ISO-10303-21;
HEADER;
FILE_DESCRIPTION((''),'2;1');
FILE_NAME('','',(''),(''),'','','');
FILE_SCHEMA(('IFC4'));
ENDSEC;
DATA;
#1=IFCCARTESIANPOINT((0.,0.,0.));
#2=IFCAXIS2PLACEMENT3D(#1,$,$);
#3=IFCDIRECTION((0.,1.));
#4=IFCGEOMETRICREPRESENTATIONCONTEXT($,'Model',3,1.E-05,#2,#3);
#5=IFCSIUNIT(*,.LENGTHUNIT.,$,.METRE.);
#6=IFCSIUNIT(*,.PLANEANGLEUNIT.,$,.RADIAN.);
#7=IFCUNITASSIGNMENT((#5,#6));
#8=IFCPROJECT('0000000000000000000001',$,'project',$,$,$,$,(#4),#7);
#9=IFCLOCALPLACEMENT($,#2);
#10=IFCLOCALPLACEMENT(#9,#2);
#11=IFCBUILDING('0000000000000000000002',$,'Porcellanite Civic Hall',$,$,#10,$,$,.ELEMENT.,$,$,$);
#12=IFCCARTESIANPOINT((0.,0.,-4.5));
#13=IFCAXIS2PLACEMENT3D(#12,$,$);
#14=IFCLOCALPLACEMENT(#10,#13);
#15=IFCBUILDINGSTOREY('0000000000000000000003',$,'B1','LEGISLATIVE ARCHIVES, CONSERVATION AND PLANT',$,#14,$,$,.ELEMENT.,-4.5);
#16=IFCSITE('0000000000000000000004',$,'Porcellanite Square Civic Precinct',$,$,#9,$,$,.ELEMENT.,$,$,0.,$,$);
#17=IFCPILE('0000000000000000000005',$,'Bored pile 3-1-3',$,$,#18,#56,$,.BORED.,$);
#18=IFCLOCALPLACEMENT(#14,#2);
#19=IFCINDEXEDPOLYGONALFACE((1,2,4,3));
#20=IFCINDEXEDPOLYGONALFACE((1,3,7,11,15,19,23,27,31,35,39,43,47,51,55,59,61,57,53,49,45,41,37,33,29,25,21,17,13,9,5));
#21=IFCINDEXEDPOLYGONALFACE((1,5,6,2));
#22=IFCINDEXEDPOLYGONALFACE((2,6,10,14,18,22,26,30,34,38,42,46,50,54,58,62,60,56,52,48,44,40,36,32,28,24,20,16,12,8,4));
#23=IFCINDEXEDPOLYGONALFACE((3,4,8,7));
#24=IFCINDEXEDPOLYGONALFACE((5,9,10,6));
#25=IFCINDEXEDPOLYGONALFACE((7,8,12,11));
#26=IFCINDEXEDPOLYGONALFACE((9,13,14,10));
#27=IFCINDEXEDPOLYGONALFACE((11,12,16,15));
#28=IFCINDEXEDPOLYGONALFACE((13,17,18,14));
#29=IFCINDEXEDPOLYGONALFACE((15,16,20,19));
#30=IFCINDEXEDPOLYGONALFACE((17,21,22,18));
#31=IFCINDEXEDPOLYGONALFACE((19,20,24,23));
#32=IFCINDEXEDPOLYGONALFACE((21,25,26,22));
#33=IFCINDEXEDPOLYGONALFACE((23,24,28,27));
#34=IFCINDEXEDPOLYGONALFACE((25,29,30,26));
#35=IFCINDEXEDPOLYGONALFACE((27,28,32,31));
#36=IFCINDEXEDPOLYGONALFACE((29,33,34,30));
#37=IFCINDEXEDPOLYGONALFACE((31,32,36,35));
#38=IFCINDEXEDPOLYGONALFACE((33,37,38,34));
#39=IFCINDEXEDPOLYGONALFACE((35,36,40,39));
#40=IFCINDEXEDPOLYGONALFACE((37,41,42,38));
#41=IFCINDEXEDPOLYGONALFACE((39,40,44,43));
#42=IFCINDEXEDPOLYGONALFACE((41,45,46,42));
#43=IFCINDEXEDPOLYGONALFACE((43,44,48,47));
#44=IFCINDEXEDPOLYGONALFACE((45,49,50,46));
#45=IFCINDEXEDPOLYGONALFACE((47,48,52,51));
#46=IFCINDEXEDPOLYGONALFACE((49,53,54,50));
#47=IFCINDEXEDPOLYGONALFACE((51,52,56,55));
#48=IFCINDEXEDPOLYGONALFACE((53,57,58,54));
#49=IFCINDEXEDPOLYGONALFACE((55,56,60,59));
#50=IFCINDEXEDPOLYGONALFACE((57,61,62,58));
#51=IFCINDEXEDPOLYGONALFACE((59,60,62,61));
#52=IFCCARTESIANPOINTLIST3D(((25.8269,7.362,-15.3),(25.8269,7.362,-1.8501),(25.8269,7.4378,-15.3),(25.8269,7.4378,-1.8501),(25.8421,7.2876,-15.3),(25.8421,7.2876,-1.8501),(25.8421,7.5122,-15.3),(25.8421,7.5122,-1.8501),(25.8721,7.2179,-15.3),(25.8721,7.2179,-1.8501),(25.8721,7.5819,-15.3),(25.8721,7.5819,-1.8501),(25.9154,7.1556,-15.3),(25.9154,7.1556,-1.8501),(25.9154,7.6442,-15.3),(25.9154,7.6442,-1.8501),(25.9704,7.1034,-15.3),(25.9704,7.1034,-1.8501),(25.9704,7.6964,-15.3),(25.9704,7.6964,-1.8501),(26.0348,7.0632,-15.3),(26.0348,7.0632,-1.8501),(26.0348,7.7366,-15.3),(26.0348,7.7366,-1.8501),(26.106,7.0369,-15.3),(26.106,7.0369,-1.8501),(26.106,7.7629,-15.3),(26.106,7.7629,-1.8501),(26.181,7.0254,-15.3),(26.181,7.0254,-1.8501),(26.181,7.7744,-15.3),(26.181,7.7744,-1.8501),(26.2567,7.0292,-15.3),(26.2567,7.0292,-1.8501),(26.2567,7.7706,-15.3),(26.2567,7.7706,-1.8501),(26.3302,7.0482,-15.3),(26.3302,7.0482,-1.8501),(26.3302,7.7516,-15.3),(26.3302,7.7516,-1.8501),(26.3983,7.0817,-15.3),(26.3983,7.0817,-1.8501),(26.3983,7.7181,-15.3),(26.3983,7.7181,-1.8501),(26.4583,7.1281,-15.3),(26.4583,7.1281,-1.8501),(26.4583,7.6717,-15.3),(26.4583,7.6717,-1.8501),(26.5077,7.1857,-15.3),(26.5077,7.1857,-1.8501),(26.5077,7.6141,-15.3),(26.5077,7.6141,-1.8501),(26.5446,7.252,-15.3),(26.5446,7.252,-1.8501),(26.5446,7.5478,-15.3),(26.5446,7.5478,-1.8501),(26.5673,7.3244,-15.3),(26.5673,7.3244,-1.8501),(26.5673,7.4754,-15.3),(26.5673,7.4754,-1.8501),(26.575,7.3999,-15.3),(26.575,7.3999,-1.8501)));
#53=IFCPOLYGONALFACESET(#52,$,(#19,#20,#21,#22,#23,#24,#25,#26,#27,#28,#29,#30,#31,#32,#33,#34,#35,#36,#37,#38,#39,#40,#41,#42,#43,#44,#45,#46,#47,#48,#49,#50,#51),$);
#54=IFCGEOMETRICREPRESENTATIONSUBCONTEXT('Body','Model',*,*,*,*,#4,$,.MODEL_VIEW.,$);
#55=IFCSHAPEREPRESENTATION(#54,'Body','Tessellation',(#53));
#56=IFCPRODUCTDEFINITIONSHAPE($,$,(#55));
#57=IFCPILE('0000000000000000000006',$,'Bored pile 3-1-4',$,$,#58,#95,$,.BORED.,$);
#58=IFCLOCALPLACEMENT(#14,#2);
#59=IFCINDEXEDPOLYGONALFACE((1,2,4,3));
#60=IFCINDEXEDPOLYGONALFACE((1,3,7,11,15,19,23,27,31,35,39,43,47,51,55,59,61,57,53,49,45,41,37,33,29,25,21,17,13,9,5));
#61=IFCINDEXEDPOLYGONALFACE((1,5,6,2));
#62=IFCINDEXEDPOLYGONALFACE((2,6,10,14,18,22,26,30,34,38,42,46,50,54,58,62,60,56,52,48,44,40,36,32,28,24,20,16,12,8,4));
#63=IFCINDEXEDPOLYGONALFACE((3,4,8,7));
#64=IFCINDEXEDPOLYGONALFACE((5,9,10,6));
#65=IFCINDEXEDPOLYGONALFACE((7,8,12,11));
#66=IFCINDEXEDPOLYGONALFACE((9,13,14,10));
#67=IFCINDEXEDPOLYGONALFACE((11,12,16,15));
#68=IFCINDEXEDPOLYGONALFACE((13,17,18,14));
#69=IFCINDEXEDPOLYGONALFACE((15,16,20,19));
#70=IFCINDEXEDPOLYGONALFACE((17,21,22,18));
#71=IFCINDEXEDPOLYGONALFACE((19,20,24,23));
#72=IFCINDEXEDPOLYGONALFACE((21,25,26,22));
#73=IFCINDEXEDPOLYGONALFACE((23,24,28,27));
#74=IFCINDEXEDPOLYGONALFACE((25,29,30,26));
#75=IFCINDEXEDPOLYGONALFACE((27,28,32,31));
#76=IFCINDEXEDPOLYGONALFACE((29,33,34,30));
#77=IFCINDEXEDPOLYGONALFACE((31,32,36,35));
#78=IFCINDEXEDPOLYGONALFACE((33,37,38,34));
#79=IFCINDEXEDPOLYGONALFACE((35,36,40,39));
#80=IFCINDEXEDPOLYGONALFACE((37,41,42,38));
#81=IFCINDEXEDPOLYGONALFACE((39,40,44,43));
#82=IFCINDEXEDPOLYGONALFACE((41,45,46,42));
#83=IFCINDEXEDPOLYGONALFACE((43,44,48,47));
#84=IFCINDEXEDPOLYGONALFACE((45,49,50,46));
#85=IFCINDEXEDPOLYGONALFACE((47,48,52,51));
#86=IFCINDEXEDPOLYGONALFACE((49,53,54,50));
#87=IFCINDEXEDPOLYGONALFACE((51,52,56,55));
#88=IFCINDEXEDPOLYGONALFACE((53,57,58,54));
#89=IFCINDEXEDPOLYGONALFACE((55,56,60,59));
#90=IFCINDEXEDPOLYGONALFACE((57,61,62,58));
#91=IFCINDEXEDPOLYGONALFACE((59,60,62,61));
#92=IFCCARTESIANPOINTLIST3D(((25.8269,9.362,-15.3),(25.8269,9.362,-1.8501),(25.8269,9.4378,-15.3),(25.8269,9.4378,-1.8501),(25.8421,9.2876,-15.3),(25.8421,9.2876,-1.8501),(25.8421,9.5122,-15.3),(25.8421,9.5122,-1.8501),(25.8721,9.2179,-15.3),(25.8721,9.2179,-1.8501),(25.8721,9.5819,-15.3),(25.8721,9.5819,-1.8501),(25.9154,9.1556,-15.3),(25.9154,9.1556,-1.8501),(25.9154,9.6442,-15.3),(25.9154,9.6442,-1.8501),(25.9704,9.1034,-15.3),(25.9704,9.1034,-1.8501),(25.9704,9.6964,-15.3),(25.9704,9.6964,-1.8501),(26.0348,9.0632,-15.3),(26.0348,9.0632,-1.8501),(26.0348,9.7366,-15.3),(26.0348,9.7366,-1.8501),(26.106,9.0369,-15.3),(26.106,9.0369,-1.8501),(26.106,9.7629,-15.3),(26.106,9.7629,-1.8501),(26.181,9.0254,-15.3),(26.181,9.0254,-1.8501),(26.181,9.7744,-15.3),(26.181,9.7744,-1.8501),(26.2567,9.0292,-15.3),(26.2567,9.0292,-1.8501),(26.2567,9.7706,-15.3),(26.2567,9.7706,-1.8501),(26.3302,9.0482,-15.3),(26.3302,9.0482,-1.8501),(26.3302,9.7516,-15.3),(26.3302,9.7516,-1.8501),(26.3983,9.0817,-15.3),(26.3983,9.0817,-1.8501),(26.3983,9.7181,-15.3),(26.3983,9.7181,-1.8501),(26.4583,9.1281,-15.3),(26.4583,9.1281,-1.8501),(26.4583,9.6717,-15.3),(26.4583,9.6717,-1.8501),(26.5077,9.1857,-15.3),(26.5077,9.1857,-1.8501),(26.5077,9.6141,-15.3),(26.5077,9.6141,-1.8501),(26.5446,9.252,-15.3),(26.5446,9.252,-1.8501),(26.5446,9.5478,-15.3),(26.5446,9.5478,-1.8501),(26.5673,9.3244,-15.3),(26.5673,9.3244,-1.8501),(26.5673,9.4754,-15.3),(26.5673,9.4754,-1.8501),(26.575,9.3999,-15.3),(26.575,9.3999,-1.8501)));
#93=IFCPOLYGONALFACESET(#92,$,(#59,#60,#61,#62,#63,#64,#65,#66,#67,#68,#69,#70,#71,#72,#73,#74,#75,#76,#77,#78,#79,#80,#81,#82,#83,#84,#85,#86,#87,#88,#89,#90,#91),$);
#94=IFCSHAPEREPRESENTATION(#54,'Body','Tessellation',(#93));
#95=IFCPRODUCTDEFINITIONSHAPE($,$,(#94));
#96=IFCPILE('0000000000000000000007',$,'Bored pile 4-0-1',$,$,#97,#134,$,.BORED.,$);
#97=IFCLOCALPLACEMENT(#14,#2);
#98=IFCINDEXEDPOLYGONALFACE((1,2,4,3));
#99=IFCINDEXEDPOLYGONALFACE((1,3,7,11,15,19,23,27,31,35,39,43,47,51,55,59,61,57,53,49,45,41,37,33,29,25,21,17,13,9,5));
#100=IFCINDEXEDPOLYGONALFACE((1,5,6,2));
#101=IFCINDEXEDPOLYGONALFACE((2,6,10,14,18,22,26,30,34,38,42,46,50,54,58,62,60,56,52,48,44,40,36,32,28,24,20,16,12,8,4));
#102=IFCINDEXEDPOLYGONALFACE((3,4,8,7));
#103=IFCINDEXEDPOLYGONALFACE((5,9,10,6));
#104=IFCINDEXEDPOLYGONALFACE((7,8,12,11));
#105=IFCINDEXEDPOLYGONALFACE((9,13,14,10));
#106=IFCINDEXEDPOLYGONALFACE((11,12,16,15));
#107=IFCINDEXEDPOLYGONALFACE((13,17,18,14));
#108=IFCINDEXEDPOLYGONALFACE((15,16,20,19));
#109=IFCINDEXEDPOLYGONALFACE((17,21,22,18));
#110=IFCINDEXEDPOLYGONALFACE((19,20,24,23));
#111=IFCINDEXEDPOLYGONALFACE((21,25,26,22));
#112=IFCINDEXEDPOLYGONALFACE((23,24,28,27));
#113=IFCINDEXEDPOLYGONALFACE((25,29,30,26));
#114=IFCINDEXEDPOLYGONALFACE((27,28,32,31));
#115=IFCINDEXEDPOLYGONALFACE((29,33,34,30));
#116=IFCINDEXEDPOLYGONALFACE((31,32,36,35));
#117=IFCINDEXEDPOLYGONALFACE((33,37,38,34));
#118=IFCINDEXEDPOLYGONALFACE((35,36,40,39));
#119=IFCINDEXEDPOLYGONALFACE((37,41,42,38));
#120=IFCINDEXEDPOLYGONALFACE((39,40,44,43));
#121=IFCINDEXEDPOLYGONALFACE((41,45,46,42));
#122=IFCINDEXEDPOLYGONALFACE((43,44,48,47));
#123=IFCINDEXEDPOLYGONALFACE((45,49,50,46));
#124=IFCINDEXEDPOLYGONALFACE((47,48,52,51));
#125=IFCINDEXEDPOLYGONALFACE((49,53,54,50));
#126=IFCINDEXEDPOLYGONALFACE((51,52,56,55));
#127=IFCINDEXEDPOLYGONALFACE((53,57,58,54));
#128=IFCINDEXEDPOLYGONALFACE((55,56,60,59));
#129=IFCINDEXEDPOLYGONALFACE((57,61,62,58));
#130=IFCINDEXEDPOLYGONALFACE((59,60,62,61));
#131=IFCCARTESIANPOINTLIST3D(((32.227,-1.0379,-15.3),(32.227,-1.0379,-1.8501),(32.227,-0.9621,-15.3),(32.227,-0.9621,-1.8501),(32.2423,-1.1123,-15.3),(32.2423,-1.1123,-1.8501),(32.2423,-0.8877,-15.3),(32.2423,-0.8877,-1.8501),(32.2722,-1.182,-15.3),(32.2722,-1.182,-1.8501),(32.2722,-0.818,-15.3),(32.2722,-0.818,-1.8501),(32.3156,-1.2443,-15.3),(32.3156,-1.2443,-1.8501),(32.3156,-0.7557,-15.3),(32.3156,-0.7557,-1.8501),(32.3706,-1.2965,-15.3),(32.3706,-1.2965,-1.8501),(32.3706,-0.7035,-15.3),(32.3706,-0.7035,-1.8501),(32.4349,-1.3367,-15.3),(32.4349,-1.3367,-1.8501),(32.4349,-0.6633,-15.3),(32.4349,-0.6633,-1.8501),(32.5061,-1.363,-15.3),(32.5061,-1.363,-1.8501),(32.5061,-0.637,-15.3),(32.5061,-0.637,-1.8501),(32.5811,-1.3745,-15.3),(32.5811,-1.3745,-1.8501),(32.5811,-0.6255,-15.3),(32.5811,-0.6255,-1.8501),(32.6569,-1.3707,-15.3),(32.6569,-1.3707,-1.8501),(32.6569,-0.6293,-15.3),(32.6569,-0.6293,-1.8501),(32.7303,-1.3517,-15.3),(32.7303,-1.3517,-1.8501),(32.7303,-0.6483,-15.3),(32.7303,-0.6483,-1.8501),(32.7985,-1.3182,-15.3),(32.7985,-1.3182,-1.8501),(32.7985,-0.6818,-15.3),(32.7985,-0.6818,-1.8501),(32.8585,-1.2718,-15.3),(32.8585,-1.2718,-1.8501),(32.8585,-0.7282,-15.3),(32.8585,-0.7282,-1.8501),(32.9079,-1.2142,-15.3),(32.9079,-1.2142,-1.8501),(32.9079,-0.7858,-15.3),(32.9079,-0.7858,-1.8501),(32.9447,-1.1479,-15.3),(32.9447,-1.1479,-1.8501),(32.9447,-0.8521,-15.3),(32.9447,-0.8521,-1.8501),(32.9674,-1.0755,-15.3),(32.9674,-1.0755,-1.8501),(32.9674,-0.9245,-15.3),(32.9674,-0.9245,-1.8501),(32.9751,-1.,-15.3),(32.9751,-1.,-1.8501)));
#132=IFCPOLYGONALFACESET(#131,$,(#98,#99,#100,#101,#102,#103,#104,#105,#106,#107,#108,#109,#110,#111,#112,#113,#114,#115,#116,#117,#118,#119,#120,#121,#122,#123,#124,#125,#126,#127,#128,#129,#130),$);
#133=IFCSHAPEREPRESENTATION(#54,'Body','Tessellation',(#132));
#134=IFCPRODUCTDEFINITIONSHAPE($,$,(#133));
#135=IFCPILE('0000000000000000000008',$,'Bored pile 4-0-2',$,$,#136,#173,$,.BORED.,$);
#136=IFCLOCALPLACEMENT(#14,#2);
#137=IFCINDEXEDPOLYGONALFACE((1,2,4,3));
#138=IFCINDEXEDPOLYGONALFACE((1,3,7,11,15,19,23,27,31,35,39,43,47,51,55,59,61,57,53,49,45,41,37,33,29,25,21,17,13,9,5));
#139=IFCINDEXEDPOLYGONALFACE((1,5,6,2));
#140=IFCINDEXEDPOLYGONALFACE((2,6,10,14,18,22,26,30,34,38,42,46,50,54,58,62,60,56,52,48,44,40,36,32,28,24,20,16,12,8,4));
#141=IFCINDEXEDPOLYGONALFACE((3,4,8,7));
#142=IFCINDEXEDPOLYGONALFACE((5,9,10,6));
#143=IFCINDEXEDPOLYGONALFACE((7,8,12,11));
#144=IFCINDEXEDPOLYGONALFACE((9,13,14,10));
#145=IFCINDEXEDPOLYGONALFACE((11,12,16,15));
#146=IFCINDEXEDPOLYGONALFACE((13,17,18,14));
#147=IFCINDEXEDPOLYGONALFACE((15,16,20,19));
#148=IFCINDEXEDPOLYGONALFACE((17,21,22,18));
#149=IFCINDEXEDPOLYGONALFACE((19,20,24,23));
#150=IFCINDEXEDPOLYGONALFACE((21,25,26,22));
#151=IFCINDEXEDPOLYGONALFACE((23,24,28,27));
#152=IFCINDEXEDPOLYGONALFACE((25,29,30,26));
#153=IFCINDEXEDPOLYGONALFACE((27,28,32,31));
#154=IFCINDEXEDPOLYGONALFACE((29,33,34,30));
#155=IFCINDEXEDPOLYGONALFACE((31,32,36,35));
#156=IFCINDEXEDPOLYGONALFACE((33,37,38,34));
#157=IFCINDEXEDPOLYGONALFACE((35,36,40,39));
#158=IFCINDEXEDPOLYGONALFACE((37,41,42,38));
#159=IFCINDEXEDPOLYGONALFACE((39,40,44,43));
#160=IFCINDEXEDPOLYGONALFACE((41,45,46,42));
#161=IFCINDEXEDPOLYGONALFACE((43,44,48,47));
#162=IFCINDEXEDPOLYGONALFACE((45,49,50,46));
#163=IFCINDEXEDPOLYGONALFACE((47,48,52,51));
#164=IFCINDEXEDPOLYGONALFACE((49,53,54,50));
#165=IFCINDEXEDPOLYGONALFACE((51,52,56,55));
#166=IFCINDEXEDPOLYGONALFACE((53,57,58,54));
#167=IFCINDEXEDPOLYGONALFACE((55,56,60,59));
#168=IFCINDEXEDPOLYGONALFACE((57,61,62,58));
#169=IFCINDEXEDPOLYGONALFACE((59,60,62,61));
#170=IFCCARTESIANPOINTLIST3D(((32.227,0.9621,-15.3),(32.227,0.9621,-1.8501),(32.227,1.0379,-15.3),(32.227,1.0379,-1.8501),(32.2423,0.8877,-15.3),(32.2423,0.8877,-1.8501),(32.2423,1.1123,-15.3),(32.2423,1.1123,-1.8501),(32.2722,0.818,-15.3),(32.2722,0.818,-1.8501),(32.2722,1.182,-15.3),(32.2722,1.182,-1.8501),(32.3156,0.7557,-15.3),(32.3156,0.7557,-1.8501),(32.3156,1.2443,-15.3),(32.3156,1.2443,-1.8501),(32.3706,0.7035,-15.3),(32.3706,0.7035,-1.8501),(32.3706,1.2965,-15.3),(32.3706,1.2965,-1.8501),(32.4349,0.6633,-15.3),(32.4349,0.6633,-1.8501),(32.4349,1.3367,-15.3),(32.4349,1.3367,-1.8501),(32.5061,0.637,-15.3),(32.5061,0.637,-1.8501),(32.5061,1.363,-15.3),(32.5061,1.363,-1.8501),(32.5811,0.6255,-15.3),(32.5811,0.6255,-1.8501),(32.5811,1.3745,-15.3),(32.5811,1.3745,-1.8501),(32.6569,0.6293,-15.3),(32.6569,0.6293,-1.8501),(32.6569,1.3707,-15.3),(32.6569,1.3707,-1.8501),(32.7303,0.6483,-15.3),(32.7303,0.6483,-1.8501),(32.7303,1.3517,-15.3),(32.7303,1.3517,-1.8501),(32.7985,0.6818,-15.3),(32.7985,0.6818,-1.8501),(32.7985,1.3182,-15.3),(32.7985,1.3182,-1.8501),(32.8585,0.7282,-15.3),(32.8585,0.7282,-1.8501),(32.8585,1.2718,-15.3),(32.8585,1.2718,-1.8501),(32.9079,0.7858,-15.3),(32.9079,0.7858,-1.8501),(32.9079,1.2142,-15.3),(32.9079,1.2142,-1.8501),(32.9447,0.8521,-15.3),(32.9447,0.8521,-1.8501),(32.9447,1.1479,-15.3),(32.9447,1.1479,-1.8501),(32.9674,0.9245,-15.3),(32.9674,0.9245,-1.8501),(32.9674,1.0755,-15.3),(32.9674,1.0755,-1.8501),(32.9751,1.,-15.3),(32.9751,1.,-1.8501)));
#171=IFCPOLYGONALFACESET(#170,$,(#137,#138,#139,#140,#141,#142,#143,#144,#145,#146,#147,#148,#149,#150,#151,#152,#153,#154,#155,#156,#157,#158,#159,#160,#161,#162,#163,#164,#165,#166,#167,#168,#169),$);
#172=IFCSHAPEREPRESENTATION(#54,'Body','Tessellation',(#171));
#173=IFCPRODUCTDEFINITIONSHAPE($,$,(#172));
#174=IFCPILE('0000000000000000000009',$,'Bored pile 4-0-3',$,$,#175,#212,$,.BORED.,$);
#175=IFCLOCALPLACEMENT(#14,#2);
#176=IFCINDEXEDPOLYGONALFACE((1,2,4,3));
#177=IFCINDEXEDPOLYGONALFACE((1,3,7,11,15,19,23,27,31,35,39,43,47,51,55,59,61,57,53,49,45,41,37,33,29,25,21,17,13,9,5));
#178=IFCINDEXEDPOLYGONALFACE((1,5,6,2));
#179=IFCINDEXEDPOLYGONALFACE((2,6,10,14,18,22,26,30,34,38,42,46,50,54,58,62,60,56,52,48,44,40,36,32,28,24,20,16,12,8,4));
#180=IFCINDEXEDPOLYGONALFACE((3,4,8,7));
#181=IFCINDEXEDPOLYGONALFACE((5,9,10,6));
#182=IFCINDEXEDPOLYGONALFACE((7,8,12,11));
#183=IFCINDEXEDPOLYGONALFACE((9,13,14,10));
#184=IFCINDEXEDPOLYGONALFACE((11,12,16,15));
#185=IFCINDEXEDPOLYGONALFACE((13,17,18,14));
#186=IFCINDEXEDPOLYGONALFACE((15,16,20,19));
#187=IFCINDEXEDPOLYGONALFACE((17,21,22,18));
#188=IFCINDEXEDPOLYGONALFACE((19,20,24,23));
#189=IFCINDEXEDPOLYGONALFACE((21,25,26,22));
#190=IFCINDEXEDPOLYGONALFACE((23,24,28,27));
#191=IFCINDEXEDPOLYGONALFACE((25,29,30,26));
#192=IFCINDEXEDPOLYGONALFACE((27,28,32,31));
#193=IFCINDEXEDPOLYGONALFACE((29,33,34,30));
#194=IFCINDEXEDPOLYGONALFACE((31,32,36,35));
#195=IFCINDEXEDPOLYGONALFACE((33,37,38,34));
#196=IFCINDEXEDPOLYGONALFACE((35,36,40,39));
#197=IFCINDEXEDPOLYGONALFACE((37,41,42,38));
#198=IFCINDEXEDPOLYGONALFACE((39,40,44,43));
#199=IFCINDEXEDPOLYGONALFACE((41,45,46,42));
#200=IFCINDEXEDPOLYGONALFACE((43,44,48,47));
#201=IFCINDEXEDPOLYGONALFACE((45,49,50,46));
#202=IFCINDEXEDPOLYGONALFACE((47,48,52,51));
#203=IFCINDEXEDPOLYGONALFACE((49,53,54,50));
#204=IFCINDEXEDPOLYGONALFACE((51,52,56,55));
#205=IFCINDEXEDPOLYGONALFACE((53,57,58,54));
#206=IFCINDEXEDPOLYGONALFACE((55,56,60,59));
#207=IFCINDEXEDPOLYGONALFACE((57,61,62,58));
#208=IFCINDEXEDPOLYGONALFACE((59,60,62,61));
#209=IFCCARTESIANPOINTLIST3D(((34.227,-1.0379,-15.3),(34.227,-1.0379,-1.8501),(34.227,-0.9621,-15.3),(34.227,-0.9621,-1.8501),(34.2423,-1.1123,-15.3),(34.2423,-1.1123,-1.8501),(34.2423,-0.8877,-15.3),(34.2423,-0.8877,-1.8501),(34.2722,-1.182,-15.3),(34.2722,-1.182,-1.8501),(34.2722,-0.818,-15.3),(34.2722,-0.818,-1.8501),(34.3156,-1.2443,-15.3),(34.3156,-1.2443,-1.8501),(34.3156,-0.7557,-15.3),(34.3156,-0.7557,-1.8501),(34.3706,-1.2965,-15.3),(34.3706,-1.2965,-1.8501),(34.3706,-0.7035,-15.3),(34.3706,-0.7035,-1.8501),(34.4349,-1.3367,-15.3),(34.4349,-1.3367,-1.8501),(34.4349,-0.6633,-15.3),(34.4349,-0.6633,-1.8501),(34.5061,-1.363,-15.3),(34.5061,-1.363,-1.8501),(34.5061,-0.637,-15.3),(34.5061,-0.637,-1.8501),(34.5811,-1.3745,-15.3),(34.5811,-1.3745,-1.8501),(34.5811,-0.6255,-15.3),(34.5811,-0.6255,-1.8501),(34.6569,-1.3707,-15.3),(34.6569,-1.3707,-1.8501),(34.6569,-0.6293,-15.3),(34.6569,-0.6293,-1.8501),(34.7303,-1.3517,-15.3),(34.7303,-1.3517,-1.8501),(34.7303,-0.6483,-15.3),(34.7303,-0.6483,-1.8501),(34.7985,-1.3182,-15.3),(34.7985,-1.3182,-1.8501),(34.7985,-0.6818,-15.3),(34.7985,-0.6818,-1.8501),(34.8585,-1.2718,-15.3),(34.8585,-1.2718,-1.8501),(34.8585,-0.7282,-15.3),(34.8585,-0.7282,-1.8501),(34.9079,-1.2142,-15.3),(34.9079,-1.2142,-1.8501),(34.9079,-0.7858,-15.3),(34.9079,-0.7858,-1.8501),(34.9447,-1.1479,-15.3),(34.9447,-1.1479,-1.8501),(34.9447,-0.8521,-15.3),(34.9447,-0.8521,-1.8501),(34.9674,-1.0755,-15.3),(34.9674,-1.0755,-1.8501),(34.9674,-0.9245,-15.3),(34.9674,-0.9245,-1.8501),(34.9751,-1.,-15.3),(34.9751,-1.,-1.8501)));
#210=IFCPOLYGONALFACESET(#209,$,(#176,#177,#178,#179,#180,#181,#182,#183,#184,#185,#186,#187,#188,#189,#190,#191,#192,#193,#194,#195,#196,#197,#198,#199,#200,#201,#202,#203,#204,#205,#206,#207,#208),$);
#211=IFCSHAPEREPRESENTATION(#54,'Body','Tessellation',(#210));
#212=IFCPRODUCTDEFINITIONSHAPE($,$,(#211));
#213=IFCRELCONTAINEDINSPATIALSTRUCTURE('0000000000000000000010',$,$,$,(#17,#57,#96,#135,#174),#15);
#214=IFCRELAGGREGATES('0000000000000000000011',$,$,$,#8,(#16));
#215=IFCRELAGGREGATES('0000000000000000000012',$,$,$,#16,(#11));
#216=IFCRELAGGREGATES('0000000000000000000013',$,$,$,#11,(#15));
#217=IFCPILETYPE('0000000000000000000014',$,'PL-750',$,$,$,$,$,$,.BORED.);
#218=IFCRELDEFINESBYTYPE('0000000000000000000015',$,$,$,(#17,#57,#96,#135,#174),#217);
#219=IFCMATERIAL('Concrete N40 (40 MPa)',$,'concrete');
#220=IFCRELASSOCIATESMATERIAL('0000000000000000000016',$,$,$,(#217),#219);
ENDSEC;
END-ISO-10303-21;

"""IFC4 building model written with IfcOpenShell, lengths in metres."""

from ifc_helpers import new_model, si_unit, direction, frame, origin, origin_2d, place, context, subcontext, project, spatial, circle, extrude, material, material_profile, profile_set, type_object, element, save


model = new_model("IFC4")

# Units and contexts
model_context = context("Model", 3, precision=1e-05, world=origin(), true_north=direction((0.0, 1.0)))
body_context = subcontext(model_context, "Body", "Model", "MODEL_VIEW")
ifc_project = project(units=[si_unit("LENGTHUNIT", "METRE"), si_unit("PLANEANGLEUNIT", "RADIAN")], contexts=[model_context])

# Site, building, storey
site_placement = place(None, origin())
site = spatial("IfcSite", under=ifc_project, at=site_placement, Name="Porcellanite Square Civic Precinct", CompositionType="ELEMENT", RefElevation=0.0)
building_placement = place(site_placement, origin())
building = spatial("IfcBuilding", under=site, at=building_placement, Name="Porcellanite Civic Hall", CompositionType="ELEMENT")
storey_placement = place(building_placement, frame((0.0, 0.0, -4.5)))
storey = spatial("IfcBuildingStorey", under=building, at=storey_placement, Name="B1", Description="LEGISLATIVE ARCHIVES, CONSERVATION AND PLANT", CompositionType="ELEMENT", Elevation=-4.5)

# Piles
ifc_material_1 = material(Name="Concrete N40 (40 MPa)", Category="concrete")
ifc_material_profile_1 = material_profile(ifc_material_1, circle(Radius=0.375, at=origin_2d()), Name="PILE-D750")
ifc_profile_set_1 = profile_set([ifc_material_profile_1], Name="Concrete N40 (40 MPa)")
pile_type_1 = type_object("IfcPileType", Name="PL-750", PredefinedType="BORED", material=ifc_profile_set_1)
for number, where, z_axis, x_axis, name in (
    (1, (26.2, 7.3999, -1.8501), (0.0, 0.0, -1.0), (1.0, 0.0, 0.0), "Bored pile 3-1-3"),
    (2, (26.2, 9.3999, -1.8501), (0.0, 0.0, -1.0), (1.0, 0.0, 0.0), "Bored pile 3-1-4"),
    (3, (32.6001, -1.0, -1.8501), (0.0, 0.0, -1.0), (1.0, 0.0, 0.0), "Bored pile 4-0-1"),
    (4, (32.6001, 1.0, -1.8501), (0.0, 0.0, -1.0), (1.0, 0.0, 0.0), "Bored pile 4-0-2"),
    (5, (34.6001, -1.0, -1.8501), (0.0, 0.0, -1.0), (1.0, 0.0, 0.0), "Bored pile 4-0-3"),
):
    element("IfcPile", number, at=place(storey_placement, frame(where, z_axis=z_axis, x_axis=x_axis)), inside=storey, type_object=pile_type_1, Name=name, PredefinedType="BORED", context=body_context, shape_type="SweptSolid", body=[
        extrude(circle(Radius=0.375, at=origin_2d()), origin(), (0.0, 0.0, 1.0), 13.45),
    ])

save(model, "model.ifc")
